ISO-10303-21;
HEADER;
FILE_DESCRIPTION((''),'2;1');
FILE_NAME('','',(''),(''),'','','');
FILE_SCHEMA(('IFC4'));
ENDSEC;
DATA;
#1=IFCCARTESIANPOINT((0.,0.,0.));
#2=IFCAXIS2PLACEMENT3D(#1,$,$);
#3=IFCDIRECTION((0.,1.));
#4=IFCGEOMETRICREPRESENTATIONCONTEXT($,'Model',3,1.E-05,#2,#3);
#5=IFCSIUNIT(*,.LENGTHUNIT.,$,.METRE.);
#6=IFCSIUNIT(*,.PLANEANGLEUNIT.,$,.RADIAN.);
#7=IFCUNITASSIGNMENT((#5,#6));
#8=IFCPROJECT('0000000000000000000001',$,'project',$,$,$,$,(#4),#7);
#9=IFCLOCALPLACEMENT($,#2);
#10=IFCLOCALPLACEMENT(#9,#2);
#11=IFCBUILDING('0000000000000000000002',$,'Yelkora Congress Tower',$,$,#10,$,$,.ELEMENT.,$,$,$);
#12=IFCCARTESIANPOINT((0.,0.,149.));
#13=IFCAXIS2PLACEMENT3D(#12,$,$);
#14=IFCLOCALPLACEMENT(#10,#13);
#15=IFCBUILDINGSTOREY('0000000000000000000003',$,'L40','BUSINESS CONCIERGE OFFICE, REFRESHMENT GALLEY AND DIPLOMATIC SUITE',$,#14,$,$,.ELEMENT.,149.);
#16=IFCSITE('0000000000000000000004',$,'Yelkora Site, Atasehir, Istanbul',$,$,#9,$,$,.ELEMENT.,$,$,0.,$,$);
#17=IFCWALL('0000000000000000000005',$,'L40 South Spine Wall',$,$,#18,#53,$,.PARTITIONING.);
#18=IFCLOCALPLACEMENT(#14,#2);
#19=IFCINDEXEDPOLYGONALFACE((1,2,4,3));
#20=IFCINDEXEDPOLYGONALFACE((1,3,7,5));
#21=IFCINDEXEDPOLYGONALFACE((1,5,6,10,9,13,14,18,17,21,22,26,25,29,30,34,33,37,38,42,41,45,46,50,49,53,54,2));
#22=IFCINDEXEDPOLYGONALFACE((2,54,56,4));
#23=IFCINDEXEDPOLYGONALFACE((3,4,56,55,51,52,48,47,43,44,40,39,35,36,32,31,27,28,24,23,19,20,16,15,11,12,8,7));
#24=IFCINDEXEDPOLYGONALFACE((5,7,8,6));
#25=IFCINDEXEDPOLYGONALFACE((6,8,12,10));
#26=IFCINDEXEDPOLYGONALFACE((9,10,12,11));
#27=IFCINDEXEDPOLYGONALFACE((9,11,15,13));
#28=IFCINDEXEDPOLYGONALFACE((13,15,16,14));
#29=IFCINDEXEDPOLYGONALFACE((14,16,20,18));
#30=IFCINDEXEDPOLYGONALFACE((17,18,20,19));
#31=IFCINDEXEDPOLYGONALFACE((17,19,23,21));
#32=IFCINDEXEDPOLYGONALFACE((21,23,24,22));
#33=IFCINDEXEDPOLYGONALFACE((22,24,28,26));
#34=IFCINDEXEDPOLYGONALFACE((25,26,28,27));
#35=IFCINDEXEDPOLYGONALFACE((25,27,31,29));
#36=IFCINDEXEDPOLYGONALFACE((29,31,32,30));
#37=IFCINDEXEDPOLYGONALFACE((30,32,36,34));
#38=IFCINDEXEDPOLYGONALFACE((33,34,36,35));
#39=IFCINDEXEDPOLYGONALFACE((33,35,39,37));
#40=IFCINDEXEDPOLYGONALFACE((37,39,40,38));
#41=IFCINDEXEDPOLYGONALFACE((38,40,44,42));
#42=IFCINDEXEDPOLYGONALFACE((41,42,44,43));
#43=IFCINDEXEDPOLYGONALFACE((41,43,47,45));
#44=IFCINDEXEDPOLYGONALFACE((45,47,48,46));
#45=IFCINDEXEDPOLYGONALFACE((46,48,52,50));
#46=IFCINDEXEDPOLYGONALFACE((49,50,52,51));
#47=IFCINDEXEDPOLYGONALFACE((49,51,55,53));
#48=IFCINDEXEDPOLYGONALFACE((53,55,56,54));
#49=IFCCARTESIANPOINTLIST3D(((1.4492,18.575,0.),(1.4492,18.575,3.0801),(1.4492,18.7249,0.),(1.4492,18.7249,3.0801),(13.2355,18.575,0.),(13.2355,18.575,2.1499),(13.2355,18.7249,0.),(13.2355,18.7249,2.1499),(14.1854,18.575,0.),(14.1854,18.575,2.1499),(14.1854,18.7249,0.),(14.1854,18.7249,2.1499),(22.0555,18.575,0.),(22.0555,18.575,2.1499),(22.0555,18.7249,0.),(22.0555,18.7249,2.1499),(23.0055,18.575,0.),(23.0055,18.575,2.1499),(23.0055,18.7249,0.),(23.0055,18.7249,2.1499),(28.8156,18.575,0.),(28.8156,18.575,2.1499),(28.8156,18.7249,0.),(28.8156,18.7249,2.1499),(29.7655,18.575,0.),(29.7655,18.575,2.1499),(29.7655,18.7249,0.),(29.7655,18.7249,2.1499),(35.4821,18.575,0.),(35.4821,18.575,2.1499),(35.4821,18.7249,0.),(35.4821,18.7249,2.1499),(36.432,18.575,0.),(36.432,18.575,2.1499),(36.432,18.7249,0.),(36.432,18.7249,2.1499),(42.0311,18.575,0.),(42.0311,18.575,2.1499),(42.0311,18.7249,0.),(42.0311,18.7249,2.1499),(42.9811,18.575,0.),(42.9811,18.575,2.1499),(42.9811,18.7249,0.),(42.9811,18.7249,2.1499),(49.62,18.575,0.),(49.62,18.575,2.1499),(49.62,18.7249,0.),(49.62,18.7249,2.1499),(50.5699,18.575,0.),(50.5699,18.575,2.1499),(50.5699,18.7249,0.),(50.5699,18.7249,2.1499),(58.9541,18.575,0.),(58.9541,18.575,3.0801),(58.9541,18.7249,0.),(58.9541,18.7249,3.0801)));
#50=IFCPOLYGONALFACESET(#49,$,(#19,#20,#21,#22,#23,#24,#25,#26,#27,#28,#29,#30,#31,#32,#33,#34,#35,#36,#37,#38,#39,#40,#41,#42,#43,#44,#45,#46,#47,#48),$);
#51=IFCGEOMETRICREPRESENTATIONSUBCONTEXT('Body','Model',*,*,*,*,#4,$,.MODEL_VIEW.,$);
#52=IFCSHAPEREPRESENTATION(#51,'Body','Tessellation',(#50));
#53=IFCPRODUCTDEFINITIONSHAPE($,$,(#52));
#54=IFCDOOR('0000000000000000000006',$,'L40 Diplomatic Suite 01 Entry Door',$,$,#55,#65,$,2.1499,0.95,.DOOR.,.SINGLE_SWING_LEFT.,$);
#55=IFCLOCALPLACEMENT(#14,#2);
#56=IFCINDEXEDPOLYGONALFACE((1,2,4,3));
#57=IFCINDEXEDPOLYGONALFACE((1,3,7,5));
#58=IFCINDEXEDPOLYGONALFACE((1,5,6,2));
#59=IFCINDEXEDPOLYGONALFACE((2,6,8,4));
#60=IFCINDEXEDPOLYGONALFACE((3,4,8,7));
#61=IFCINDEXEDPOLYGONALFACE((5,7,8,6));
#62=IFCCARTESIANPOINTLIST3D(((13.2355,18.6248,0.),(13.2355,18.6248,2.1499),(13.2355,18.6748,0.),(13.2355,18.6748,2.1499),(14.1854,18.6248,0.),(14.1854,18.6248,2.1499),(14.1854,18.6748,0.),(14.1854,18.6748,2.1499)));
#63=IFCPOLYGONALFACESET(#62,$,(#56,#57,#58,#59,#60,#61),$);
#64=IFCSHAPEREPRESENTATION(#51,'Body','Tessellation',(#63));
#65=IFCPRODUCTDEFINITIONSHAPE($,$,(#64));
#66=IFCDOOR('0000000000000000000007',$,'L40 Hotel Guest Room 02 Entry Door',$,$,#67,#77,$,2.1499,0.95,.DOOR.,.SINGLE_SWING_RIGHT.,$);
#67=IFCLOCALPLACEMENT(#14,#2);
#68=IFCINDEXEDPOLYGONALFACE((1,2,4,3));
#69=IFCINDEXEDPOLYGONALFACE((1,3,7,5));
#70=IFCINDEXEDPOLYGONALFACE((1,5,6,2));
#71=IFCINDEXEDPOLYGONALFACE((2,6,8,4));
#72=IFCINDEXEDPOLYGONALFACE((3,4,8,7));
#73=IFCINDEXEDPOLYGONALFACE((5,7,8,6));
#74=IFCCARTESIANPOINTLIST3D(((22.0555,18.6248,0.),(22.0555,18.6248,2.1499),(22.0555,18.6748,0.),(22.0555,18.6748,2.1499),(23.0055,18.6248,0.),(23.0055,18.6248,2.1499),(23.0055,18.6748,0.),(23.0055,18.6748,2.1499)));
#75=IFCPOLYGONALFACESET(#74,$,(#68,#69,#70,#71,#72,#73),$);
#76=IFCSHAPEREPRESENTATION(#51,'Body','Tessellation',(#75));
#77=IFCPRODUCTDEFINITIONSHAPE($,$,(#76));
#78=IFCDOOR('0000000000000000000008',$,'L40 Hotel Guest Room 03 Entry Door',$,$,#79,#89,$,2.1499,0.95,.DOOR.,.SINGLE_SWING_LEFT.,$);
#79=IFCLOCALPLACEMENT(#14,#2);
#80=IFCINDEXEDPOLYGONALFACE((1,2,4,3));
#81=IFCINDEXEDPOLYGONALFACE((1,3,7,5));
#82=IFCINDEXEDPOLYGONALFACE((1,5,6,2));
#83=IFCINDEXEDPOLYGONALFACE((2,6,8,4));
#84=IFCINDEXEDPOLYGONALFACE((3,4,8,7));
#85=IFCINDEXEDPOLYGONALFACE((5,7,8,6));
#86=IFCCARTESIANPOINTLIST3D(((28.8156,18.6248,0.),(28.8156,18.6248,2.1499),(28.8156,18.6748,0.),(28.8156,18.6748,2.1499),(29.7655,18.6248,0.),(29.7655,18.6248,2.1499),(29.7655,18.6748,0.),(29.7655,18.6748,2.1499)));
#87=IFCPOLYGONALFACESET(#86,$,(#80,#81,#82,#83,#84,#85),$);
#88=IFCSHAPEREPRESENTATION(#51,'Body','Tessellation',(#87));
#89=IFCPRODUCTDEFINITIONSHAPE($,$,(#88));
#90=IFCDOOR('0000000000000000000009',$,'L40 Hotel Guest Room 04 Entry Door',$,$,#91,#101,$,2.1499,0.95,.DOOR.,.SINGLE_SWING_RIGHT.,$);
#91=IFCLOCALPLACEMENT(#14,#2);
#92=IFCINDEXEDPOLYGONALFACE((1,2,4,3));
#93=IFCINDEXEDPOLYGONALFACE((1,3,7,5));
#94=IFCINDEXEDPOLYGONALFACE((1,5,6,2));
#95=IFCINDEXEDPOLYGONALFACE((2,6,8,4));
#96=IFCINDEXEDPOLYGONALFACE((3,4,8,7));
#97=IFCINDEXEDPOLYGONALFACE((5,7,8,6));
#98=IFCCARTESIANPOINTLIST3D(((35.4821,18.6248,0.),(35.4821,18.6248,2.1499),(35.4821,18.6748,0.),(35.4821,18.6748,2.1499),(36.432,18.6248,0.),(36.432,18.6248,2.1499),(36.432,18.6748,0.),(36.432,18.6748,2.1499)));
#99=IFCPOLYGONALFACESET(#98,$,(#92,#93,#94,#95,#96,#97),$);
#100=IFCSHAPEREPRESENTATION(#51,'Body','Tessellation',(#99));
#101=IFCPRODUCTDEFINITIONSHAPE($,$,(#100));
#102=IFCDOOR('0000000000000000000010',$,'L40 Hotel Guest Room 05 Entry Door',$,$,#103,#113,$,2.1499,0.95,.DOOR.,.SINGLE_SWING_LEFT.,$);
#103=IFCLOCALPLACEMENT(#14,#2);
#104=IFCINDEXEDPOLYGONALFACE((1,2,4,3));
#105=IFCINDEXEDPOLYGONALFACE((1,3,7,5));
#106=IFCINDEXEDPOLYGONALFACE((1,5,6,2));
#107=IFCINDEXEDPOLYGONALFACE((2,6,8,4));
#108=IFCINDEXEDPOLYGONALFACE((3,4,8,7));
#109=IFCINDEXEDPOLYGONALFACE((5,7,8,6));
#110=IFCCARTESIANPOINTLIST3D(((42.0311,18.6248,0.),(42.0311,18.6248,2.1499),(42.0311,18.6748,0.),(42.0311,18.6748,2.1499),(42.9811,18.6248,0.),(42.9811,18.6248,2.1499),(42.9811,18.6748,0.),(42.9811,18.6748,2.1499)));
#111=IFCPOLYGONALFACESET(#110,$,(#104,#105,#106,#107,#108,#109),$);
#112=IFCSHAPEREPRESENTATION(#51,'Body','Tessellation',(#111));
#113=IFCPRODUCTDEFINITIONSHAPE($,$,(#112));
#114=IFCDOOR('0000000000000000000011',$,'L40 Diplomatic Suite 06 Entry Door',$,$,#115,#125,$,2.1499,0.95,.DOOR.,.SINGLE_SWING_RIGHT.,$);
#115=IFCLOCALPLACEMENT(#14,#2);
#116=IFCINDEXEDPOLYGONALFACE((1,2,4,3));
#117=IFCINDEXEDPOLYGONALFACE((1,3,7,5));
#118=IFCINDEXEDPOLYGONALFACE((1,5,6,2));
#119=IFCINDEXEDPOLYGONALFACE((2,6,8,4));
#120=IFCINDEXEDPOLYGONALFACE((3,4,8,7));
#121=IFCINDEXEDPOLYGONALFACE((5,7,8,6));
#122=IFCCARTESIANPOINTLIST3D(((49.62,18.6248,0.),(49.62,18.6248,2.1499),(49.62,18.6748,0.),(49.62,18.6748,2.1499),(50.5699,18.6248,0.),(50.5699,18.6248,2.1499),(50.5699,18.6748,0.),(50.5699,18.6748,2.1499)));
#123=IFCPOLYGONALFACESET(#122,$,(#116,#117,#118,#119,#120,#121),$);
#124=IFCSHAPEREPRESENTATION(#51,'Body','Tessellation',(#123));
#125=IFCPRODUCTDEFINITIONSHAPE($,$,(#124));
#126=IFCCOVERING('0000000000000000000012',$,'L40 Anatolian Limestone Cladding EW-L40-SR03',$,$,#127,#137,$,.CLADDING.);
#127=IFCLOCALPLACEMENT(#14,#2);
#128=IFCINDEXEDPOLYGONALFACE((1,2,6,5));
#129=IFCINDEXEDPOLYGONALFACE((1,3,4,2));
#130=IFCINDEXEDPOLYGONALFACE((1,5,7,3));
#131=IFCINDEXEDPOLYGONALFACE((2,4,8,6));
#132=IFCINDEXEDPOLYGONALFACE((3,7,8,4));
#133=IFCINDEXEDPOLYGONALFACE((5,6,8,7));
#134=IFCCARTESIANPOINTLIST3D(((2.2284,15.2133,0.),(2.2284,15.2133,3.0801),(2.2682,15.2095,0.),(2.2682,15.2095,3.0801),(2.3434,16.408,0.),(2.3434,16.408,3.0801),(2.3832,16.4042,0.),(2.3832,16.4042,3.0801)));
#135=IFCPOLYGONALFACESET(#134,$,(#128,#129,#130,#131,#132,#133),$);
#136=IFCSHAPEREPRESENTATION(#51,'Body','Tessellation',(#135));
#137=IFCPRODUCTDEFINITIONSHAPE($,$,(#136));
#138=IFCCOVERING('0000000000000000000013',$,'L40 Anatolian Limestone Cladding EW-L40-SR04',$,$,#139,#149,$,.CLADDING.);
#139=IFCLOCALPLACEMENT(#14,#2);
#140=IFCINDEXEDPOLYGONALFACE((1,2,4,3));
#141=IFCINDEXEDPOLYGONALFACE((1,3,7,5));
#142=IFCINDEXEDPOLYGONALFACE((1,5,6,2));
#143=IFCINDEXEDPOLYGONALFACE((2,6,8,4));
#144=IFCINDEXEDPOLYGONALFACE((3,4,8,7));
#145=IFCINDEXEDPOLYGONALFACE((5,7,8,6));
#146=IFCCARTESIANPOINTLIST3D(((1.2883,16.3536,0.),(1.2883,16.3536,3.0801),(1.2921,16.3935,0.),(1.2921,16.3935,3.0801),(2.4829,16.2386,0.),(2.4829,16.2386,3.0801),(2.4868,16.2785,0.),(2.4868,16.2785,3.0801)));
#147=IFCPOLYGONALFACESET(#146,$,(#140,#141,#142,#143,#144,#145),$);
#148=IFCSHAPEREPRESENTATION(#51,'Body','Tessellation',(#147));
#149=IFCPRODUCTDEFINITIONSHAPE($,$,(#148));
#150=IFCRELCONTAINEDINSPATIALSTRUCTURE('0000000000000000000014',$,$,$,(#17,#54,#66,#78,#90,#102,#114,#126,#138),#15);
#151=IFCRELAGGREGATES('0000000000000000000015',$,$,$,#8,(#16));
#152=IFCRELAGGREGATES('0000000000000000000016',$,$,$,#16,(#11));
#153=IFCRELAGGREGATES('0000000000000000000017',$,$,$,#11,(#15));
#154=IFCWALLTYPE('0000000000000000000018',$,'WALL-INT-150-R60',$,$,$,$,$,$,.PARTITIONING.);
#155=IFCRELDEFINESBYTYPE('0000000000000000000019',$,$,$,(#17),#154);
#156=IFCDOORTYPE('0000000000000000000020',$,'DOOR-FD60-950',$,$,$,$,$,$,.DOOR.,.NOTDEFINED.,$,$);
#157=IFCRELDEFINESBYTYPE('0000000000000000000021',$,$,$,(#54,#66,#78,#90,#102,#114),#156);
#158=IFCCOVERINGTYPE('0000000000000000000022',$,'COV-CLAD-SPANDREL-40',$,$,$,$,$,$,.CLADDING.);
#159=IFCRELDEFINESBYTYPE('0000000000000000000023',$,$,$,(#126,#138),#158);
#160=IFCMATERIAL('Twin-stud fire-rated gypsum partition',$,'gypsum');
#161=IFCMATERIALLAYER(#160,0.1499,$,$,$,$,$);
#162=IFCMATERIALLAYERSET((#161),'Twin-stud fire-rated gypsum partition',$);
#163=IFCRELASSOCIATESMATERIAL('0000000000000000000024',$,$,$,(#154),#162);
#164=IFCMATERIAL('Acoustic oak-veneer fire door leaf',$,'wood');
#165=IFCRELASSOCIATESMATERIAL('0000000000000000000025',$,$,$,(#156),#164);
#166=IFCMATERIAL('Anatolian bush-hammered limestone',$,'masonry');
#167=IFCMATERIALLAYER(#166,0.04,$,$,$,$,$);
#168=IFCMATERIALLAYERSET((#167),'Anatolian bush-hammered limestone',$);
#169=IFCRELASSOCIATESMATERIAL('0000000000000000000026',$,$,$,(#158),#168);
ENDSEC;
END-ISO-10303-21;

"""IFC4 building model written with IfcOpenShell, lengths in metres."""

from ifc_helpers import new_model, si_unit, direction, frame, frame_2d, origin, place, context, subcontext, project, spatial, rectangle, extrude, material, layer, layer_set, type_object, element, fill, save


model = new_model("IFC4")

# Units and contexts
model_context = context("Model", 3, precision=1e-05, world=origin(), true_north=direction((0.0, 1.0)))
body_context = subcontext(model_context, "Body", "Model", "MODEL_VIEW")
ifc_project = project(units=[si_unit("LENGTHUNIT", "METRE"), si_unit("PLANEANGLEUNIT", "RADIAN")], contexts=[model_context])

# Site, building, storey
site_placement = place(None, origin())
site = spatial("IfcSite", under=ifc_project, at=site_placement, Name="Yelkora Site, Atasehir, Istanbul", CompositionType="ELEMENT", RefElevation=0.0)
building_placement = place(site_placement, origin())
building = spatial("IfcBuilding", under=site, at=building_placement, Name="Yelkora Congress Tower", CompositionType="ELEMENT")
storey_placement = place(building_placement, frame((0.0, 0.0, 149.0)))
storey = spatial("IfcBuildingStorey", under=building, at=storey_placement, Name="L40", Description="BUSINESS CONCIERGE OFFICE, REFRESHMENT GALLEY AND DIPLOMATIC SUITE", CompositionType="ELEMENT", Elevation=149.0)

# Wall, openings, doors
ifc_material_1 = material(Name="Twin-stud fire-rated gypsum partition", Category="gypsum")
ifc_layer_1 = layer(ifc_material_1, 0.1499)
ifc_layer_set_1 = layer_set([ifc_layer_1], Name="Twin-stud fire-rated gypsum partition")
wall_type_1 = type_object("IfcWallType", Name="WALL-INT-150-R60", PredefinedType="PARTITIONING", material=ifc_layer_set_1)
wall_1_placement = place(storey_placement, frame((1.4492, 18.6499, 0.0), z_axis=(0.0, 0.0, 1.0), x_axis=(1.0, 0.0, 0.0)))
wall_1 = element("IfcWall", 1, at=wall_1_placement, inside=storey, type_object=wall_type_1, Name="L40 South Spine Wall", PredefinedType="PARTITIONING", context=body_context, shape_type="SweptSolid", body=[
    extrude(rectangle(XDim=57.5049, YDim=0.1499, at=frame_2d((28.7524, 0.0))), origin(), (0.0, 0.0, 1.0), 3.0801),
])
opening_1_placement = place(wall_1_placement, frame((11.7861, 0.0, 0.0)))
opening_1 = element("IfcOpeningElement", 2, at=opening_1_placement, cuts=wall_1, PredefinedType="OPENING", context=body_context, shape_type="SweptSolid", body=[
    extrude(rectangle(XDim=0.95, YDim=2.1499, at=frame_2d((0.4751, 1.075))), frame((0.0, 0.085, 0.0), z_axis=(0.0, -1.0, 0.0), x_axis=(1.0, 0.0, 0.0)), (0.0, 0.0, 1.0), 0.1699),
])
opening_2_placement = place(wall_1_placement, frame((20.6062, 0.0, 0.0)))
opening_2 = element("IfcOpeningElement", 3, at=opening_2_placement, cuts=wall_1, PredefinedType="OPENING", context=body_context, shape_type="SweptSolid", body=[
    extrude(rectangle(XDim=0.95, YDim=2.1499, at=frame_2d((0.4751, 1.075))), frame((0.0, 0.085, 0.0), z_axis=(0.0, -1.0, 0.0), x_axis=(1.0, 0.0, 0.0)), (0.0, 0.0, 1.0), 0.1699),
])
opening_3_placement = place(wall_1_placement, frame((27.3662, 0.0, 0.0)))
opening_3 = element("IfcOpeningElement", 4, at=opening_3_placement, cuts=wall_1, PredefinedType="OPENING", context=body_context, shape_type="SweptSolid", body=[
    extrude(rectangle(XDim=0.95, YDim=2.1499, at=frame_2d((0.4751, 1.075))), frame((0.0, 0.085, 0.0), z_axis=(0.0, -1.0, 0.0), x_axis=(1.0, 0.0, 0.0)), (0.0, 0.0, 1.0), 0.1699),
])
opening_4_placement = place(wall_1_placement, frame((34.0327, 0.0, 0.0)))
opening_4 = element("IfcOpeningElement", 5, at=opening_4_placement, cuts=wall_1, PredefinedType="OPENING", context=body_context, shape_type="SweptSolid", body=[
    extrude(rectangle(XDim=0.95, YDim=2.1499, at=frame_2d((0.4751, 1.075))), frame((0.0, 0.085, 0.0), z_axis=(0.0, -1.0, 0.0), x_axis=(1.0, 0.0, 0.0)), (0.0, 0.0, 1.0), 0.1699),
])
opening_5_placement = place(wall_1_placement, frame((40.5818, 0.0, 0.0)))
opening_5 = element("IfcOpeningElement", 6, at=opening_5_placement, cuts=wall_1, PredefinedType="OPENING", context=body_context, shape_type="SweptSolid", body=[
    extrude(rectangle(XDim=0.95, YDim=2.1499, at=frame_2d((0.4751, 1.075))), frame((0.0, 0.085, 0.0), z_axis=(0.0, -1.0, 0.0), x_axis=(1.0, 0.0, 0.0)), (0.0, 0.0, 1.0), 0.1699),
])
opening_6_placement = place(wall_1_placement, frame((48.1707, 0.0, 0.0)))
opening_6 = element("IfcOpeningElement", 7, at=opening_6_placement, cuts=wall_1, PredefinedType="OPENING", context=body_context, shape_type="SweptSolid", body=[
    extrude(rectangle(XDim=0.95, YDim=2.1499, at=frame_2d((0.4751, 1.075))), frame((0.0, 0.085, 0.0), z_axis=(0.0, -1.0, 0.0), x_axis=(1.0, 0.0, 0.0)), (0.0, 0.0, 1.0), 0.1699),
])
ifc_material_2 = material(Name="Acoustic oak-veneer fire door leaf", Category="wood")
door_type_1 = type_object("IfcDoorType", Name="DOOR-FD60-950", OperationType="NOTDEFINED", PredefinedType="DOOR", material=ifc_material_2)
door_1_placement = place(opening_1_placement, origin())
door_1 = element("IfcDoor", 8, at=door_1_placement, inside=storey, type_object=door_type_1, Name="L40 Diplomatic Suite 01 Entry Door", OperationType="SINGLE_SWING_LEFT", OverallHeight=2.1499, OverallWidth=0.95, PredefinedType="DOOR", context=body_context, shape_type="SweptSolid", body=[
    extrude(rectangle(XDim=0.95, YDim=2.1499, at=frame_2d((0.4751, 1.075))), frame((0.0, 0.0249, 0.0), z_axis=(0.0, -1.0, 0.0), x_axis=(1.0, 0.0, 0.0)), (0.0, 0.0, 1.0), 0.05),
])
fill(opening_1, door_1)
door_2_placement = place(opening_2_placement, origin())
door_2 = element("IfcDoor", 9, at=door_2_placement, inside=storey, type_object=door_type_1, Name="L40 Hotel Guest Room 02 Entry Door", OperationType="SINGLE_SWING_RIGHT", OverallHeight=2.1499, OverallWidth=0.95, PredefinedType="DOOR", context=body_context, shape_type="SweptSolid", body=[
    extrude(rectangle(XDim=0.95, YDim=2.1499, at=frame_2d((0.4751, 1.075))), frame((0.0, 0.0249, 0.0), z_axis=(0.0, -1.0, 0.0), x_axis=(1.0, 0.0, 0.0)), (0.0, 0.0, 1.0), 0.05),
])
fill(opening_2, door_2)
door_3_placement = place(opening_3_placement, origin())
door_3 = element("IfcDoor", 10, at=door_3_placement, inside=storey, type_object=door_type_1, Name="L40 Hotel Guest Room 03 Entry Door", OperationType="SINGLE_SWING_LEFT", OverallHeight=2.1499, OverallWidth=0.95, PredefinedType="DOOR", context=body_context, shape_type="SweptSolid", body=[
    extrude(rectangle(XDim=0.95, YDim=2.1499, at=frame_2d((0.4751, 1.075))), frame((0.0, 0.0249, 0.0), z_axis=(0.0, -1.0, 0.0), x_axis=(1.0, 0.0, 0.0)), (0.0, 0.0, 1.0), 0.05),
])
fill(opening_3, door_3)
door_4_placement = place(opening_4_placement, origin())
door_4 = element("IfcDoor", 11, at=door_4_placement, inside=storey, type_object=door_type_1, Name="L40 Hotel Guest Room 04 Entry Door", OperationType="SINGLE_SWING_RIGHT", OverallHeight=2.1499, OverallWidth=0.95, PredefinedType="DOOR", context=body_context, shape_type="SweptSolid", body=[
    extrude(rectangle(XDim=0.95, YDim=2.1499, at=frame_2d((0.4751, 1.075))), frame((0.0, 0.0249, 0.0), z_axis=(0.0, -1.0, 0.0), x_axis=(1.0, 0.0, 0.0)), (0.0, 0.0, 1.0), 0.05),
])
fill(opening_4, door_4)
door_5_placement = place(opening_5_placement, origin())
door_5 = element("IfcDoor", 12, at=door_5_placement, inside=storey, type_object=door_type_1, Name="L40 Hotel Guest Room 05 Entry Door", OperationType="SINGLE_SWING_LEFT", OverallHeight=2.1499, OverallWidth=0.95, PredefinedType="DOOR", context=body_context, shape_type="SweptSolid", body=[
    extrude(rectangle(XDim=0.95, YDim=2.1499, at=frame_2d((0.4751, 1.075))), frame((0.0, 0.0249, 0.0), z_axis=(0.0, -1.0, 0.0), x_axis=(1.0, 0.0, 0.0)), (0.0, 0.0, 1.0), 0.05),
])
fill(opening_5, door_5)
door_6_placement = place(opening_6_placement, origin())
door_6 = element("IfcDoor", 13, at=door_6_placement, inside=storey, type_object=door_type_1, Name="L40 Diplomatic Suite 06 Entry Door", OperationType="SINGLE_SWING_RIGHT", OverallHeight=2.1499, OverallWidth=0.95, PredefinedType="DOOR", context=body_context, shape_type="SweptSolid", body=[
    extrude(rectangle(XDim=0.95, YDim=2.1499, at=frame_2d((0.4751, 1.075))), frame((0.0, 0.0249, 0.0), z_axis=(0.0, -1.0, 0.0), x_axis=(1.0, 0.0, 0.0)), (0.0, 0.0, 1.0), 0.05),
])
fill(opening_6, door_6)

# Coverings
ifc_material_3 = material(Name="Anatolian bush-hammered limestone", Category="masonry")
ifc_layer_2 = layer(ifc_material_3, 0.04)
ifc_layer_set_2 = layer_set([ifc_layer_2], Name="Anatolian bush-hammered limestone")
covering_type = type_object("IfcCoveringType", Name="COV-CLAD-SPANDREL-40", PredefinedType="CLADDING", material=ifc_layer_set_2)
for number, where, z_axis, x_axis, name in (
    (14, (2.2483, 15.2114, 0.0), (0.0, 0.0, 1.0), (0.095817, 0.995399, 0.0), "L40 Anatolian Limestone Cladding EW-L40-SR03"),
    (15, (2.4849, 16.2585, 0.0), (0.0, 0.0, 1.0), (-0.995399, 0.095817, 0.0), "L40 Anatolian Limestone Cladding EW-L40-SR04"),
):
    element("IfcCovering", number, at=place(storey_placement, frame(where, z_axis=z_axis, x_axis=x_axis)), inside=storey, type_object=covering_type, Name=name, PredefinedType="CLADDING", context=body_context, shape_type="SweptSolid", body=[
        extrude(rectangle(XDim=1.2002, YDim=0.04, at=frame_2d((0.6001, 0.0))), origin(), (0.0, 0.0, 1.0), 3.0801),
    ])

save(model, "model.ifc")
